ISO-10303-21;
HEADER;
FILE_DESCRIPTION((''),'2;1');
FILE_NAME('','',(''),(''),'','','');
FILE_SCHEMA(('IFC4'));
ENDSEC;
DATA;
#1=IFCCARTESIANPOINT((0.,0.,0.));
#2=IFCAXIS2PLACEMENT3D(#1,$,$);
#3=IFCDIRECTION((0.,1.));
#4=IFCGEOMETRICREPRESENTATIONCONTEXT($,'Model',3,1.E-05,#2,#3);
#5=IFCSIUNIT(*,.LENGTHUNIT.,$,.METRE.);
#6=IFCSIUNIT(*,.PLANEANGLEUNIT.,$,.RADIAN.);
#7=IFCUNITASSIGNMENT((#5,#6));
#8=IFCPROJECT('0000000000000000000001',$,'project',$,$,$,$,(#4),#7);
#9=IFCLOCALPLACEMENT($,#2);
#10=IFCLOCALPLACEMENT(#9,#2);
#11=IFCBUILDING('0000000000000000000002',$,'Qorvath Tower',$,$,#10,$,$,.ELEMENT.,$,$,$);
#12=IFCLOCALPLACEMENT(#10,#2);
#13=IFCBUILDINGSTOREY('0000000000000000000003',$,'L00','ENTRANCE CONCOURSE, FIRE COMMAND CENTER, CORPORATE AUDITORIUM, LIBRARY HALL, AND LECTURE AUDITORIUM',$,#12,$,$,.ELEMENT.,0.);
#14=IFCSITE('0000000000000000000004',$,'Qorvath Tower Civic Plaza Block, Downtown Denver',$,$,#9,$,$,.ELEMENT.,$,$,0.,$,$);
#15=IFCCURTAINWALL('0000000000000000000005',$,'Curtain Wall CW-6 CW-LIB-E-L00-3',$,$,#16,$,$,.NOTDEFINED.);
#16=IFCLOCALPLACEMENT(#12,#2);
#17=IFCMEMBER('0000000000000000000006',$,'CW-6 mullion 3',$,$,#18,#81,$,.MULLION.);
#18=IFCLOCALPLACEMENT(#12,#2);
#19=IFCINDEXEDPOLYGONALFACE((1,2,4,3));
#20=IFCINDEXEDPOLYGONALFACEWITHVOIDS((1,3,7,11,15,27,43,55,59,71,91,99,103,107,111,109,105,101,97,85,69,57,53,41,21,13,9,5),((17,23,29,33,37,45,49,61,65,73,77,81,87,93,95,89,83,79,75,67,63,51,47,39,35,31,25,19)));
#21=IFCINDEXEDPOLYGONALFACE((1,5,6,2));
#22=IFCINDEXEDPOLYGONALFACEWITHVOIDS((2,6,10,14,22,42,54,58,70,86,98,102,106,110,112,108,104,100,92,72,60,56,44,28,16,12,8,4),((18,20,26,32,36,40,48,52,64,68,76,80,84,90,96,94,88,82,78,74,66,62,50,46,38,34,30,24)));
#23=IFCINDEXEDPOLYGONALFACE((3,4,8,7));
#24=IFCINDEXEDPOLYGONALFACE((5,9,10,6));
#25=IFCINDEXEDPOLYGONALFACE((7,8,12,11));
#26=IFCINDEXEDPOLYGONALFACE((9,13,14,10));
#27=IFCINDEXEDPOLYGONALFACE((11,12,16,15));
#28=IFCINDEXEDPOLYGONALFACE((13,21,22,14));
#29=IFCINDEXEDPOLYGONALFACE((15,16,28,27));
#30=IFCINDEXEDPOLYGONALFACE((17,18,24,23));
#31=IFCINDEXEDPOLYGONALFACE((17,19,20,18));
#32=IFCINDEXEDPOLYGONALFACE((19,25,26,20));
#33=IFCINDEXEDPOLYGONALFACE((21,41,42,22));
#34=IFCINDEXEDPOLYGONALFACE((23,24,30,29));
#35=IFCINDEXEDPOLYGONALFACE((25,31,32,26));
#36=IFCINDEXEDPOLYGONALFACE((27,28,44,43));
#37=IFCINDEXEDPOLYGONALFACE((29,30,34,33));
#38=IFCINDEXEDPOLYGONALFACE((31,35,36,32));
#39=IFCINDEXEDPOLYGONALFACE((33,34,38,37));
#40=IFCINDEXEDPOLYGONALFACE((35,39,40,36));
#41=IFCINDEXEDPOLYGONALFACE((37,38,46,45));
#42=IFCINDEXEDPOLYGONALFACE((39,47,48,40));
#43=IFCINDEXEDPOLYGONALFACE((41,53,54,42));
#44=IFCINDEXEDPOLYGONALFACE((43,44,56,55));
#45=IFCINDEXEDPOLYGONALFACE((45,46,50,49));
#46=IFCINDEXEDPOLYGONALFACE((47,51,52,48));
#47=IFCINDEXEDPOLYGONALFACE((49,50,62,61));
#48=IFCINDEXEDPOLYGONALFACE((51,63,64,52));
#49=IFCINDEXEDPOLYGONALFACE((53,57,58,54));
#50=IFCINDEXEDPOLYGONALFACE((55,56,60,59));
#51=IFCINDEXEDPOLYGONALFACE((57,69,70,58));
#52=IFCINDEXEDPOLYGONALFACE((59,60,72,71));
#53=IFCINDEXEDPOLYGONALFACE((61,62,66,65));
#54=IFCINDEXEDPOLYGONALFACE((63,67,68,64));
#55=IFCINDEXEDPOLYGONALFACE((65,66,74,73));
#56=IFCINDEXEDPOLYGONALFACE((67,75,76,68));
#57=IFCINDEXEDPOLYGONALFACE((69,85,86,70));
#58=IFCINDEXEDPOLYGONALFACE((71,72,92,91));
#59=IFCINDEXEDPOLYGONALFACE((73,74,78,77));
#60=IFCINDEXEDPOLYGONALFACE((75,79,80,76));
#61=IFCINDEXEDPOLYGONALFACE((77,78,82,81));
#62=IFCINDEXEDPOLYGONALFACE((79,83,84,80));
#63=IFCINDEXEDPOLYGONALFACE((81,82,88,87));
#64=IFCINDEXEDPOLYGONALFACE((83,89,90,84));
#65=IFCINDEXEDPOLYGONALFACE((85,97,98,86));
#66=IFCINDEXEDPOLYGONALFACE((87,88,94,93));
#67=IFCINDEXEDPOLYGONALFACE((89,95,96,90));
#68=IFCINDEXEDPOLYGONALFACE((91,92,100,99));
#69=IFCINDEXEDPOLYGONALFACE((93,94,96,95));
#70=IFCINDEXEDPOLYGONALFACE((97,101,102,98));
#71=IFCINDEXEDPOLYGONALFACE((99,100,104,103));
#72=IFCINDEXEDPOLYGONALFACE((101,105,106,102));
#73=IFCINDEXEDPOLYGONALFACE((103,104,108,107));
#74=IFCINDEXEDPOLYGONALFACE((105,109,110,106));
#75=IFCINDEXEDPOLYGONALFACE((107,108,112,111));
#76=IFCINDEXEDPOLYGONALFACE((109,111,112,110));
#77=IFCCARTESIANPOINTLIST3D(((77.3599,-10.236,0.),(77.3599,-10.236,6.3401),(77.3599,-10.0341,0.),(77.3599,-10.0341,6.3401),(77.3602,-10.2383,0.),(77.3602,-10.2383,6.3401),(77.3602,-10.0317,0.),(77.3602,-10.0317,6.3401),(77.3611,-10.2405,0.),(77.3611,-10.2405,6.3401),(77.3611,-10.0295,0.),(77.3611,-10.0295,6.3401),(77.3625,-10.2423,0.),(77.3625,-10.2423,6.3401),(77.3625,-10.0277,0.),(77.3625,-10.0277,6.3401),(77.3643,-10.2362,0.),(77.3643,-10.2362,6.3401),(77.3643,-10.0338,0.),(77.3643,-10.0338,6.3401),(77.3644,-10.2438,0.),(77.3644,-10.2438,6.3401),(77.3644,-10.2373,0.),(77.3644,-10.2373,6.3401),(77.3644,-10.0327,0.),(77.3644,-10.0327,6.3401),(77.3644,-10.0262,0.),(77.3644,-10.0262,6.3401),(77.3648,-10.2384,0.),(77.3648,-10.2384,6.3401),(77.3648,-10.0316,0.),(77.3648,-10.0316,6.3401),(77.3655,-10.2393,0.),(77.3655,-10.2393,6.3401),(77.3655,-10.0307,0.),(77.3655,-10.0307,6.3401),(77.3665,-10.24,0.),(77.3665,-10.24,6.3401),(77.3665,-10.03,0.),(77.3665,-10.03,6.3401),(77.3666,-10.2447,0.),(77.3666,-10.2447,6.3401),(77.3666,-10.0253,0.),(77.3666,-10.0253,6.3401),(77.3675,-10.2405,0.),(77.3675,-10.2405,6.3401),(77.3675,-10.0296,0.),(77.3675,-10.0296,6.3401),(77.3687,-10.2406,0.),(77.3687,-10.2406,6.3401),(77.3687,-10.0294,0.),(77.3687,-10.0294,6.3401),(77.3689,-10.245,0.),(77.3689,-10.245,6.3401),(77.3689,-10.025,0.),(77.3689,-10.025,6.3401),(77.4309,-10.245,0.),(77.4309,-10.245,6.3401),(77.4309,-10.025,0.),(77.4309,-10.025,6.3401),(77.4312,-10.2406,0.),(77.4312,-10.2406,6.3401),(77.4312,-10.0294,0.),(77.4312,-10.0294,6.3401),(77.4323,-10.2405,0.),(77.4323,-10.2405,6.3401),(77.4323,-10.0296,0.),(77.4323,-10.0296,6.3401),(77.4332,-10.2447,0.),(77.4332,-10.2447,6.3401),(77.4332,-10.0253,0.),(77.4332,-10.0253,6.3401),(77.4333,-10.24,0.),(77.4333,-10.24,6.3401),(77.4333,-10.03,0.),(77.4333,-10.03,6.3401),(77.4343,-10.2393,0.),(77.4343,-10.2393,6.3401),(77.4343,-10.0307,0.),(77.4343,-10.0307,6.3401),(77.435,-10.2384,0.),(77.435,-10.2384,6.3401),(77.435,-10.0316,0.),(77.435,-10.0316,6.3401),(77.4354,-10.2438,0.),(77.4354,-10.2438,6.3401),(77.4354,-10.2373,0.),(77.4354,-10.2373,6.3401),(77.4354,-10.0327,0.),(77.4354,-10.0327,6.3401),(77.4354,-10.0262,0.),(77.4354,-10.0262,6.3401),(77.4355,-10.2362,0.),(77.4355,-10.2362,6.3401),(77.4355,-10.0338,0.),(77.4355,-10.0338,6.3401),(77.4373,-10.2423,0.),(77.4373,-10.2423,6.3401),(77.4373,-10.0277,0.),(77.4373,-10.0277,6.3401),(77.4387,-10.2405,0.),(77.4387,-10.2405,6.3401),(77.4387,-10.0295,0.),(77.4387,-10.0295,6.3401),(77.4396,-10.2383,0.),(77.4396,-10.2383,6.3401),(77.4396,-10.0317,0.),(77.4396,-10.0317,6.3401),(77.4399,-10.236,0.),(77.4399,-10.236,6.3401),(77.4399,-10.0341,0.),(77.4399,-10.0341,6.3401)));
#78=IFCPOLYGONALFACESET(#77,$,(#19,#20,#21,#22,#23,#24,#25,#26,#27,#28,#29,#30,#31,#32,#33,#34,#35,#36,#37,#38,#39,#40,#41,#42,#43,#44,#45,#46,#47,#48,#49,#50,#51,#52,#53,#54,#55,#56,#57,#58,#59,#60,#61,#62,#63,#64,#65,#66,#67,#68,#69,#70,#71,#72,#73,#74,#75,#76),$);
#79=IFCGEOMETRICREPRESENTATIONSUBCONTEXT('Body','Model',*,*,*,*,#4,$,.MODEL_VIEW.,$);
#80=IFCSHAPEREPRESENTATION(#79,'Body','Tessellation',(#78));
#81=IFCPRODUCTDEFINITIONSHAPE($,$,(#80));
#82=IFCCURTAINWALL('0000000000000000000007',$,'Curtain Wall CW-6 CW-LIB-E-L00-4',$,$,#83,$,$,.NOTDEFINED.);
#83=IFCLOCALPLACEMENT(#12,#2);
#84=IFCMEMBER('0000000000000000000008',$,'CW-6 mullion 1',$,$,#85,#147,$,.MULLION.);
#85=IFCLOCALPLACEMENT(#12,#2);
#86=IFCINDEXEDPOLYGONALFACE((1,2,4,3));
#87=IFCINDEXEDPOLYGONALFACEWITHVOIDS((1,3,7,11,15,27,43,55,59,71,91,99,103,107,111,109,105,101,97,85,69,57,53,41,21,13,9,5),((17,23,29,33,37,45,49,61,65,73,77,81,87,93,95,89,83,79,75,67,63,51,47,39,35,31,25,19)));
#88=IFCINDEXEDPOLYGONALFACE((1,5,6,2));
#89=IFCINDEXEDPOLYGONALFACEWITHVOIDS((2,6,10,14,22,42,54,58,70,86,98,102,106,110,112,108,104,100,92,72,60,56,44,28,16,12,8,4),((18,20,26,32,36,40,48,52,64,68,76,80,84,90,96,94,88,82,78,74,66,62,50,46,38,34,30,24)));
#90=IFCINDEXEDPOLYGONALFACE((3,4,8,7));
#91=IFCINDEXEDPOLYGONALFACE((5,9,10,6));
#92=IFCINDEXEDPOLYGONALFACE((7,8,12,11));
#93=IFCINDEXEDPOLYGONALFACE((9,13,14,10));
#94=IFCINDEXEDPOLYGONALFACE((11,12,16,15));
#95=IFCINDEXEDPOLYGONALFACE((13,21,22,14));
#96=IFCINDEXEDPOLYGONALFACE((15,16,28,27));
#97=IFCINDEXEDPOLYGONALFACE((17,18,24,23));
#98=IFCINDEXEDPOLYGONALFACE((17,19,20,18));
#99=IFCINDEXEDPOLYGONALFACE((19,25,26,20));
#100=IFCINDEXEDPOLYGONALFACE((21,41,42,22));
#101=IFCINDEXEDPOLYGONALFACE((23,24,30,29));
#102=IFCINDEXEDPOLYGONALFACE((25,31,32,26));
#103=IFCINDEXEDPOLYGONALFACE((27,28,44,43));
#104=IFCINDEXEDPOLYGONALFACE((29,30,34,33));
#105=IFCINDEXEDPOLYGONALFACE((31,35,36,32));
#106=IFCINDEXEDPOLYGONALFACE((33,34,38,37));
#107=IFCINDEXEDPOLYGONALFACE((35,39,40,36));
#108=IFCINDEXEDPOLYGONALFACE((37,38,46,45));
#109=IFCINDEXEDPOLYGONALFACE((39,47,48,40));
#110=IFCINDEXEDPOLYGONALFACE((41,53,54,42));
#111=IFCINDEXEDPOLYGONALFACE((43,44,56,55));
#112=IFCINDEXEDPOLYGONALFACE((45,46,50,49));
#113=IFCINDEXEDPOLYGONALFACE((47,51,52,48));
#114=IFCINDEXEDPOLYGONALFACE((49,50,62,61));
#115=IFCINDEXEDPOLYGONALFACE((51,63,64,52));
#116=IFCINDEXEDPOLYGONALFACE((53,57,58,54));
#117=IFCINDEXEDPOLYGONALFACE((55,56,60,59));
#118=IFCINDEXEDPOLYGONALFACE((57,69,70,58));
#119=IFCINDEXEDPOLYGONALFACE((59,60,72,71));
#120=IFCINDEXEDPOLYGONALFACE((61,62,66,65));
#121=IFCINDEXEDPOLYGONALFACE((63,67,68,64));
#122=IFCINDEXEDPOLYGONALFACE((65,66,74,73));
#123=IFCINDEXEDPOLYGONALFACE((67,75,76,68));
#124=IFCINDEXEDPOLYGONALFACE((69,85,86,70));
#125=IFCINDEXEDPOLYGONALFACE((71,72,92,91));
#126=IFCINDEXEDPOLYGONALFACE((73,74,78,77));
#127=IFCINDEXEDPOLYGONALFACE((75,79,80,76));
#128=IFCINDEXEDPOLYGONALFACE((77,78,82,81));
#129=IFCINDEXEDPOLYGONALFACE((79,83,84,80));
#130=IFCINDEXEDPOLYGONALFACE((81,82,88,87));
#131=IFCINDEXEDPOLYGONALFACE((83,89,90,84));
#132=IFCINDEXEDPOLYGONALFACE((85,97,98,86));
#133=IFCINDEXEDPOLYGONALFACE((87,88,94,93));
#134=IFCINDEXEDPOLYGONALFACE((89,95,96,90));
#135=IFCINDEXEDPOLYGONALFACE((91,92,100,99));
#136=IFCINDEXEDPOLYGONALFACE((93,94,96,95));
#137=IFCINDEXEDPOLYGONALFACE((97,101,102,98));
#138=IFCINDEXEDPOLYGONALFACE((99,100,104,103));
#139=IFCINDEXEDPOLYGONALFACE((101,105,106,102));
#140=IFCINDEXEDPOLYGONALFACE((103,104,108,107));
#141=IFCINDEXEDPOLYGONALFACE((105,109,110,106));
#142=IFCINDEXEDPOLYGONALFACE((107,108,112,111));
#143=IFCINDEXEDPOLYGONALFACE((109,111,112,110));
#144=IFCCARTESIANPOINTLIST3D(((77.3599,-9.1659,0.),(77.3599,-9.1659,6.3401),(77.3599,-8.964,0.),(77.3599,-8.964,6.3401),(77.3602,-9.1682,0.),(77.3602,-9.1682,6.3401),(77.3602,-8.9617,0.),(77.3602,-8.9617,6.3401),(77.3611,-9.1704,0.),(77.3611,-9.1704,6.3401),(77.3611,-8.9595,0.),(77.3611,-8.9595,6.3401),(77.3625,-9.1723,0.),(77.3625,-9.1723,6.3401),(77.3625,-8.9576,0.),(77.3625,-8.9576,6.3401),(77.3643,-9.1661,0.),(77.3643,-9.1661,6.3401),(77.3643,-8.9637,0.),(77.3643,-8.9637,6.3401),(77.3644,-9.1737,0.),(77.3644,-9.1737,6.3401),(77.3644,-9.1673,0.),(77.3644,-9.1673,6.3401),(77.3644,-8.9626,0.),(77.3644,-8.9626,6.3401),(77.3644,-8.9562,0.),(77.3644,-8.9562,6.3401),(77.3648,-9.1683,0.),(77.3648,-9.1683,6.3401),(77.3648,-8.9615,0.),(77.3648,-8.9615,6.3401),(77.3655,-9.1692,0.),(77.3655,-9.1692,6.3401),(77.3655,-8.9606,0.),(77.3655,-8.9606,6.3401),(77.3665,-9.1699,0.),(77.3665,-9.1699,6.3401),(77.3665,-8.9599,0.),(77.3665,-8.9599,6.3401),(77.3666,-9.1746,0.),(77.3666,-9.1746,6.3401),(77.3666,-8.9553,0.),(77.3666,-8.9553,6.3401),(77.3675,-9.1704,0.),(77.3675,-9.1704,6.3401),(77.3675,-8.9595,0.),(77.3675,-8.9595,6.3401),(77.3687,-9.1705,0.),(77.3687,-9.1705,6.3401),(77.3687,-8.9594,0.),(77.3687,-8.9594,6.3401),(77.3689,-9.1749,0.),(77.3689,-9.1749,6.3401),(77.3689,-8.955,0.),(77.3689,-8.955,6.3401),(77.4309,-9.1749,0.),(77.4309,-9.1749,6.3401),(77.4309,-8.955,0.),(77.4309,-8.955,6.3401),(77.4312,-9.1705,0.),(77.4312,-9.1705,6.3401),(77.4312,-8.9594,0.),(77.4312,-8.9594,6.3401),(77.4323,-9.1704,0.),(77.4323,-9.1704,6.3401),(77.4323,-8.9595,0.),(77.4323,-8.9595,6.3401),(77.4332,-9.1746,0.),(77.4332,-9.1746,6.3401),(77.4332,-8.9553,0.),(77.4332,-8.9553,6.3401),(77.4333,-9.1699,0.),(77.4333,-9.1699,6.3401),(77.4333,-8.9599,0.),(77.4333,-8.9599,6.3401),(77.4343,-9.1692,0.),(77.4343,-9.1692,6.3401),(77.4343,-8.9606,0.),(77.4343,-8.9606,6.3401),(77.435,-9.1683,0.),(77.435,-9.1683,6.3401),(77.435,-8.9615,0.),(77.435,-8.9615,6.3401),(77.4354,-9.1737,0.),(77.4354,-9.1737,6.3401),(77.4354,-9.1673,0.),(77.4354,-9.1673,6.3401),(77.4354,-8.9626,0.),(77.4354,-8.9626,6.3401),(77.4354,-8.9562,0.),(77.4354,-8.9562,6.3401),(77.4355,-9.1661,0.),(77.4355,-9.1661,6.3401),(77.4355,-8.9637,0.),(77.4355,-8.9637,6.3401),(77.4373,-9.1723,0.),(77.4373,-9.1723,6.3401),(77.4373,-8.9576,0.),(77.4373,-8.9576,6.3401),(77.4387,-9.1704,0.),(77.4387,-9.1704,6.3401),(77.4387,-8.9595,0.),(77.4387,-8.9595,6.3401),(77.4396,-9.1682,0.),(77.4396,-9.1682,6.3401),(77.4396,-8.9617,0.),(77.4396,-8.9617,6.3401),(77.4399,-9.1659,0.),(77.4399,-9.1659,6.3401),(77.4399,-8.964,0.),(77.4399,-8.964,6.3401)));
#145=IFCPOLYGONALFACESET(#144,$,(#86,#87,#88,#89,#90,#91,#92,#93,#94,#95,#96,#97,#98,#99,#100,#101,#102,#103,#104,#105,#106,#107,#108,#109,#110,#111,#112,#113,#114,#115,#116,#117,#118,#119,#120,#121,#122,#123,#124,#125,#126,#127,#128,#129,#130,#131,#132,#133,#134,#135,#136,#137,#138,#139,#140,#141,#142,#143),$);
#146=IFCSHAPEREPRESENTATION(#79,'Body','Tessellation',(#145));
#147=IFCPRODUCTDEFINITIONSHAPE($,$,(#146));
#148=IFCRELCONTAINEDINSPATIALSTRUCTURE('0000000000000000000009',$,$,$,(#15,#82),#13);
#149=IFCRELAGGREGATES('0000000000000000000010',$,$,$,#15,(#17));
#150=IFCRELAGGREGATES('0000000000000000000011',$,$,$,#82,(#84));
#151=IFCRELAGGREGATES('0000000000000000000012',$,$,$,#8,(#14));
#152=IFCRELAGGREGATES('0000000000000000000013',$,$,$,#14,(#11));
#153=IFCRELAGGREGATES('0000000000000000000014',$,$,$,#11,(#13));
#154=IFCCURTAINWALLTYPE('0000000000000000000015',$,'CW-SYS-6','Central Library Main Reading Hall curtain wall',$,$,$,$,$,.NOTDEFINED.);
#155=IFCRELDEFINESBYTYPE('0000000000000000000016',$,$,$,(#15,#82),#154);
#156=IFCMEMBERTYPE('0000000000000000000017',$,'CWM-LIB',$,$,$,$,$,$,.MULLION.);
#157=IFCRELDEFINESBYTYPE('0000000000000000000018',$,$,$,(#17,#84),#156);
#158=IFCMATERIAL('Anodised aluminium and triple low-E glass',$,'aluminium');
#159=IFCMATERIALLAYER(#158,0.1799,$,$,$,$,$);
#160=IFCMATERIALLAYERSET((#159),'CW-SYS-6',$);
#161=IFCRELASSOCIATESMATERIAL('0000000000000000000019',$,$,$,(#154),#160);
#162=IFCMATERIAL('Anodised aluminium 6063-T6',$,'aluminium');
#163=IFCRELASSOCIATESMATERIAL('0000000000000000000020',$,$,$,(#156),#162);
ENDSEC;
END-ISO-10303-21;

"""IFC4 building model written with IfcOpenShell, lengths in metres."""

from ifc_helpers import new_model, si_unit, direction, frame, origin, origin_2d, place, context, subcontext, project, spatial, hollow_rectangle, extrude, material, layer, layer_set, material_profile, profile_set, type_object, element, aggregate, save


model = new_model("IFC4")

# Units and contexts
model_context = context("Model", 3, precision=1e-05, world=origin(), true_north=direction((0.0, 1.0)))
body_context = subcontext(model_context, "Body", "Model", "MODEL_VIEW")
ifc_project = project(units=[si_unit("LENGTHUNIT", "METRE"), si_unit("PLANEANGLEUNIT", "RADIAN")], contexts=[model_context])

# Site, building, storey
site_placement = place(None, origin())
site = spatial("IfcSite", under=ifc_project, at=site_placement, Name="Qorvath Tower Civic Plaza Block, Downtown Denver", CompositionType="ELEMENT", RefElevation=0.0)
building_placement = place(site_placement, origin())
building = spatial("IfcBuilding", under=site, at=building_placement, Name="Qorvath Tower", CompositionType="ELEMENT")
storey_placement = place(building_placement, origin())
storey = spatial("IfcBuildingStorey", under=building, at=storey_placement, Name="L00", Description="ENTRANCE CONCOURSE, FIRE COMMAND CENTER, CORPORATE AUDITORIUM, LIBRARY HALL, AND LECTURE AUDITORIUM", CompositionType="ELEMENT", Elevation=0.0)

# Curtain walls, members
ifc_material_1 = material(Name="Anodised aluminium and triple low-E glass", Category="aluminium")
ifc_layer_1 = layer(ifc_material_1, 0.1799)
ifc_layer_set_1 = layer_set([ifc_layer_1], Name="CW-SYS-6")
curtain_wall_type = type_object("IfcCurtainWallType", Name="CW-SYS-6", Description="Central Library Main Reading Hall curtain wall", PredefinedType="NOTDEFINED", material=ifc_layer_set_1)
curtain_wall_1_placement = place(storey_placement, origin())
curtain_wall_1 = element("IfcCurtainWall", 1, at=curtain_wall_1_placement, inside=storey, type_object=curtain_wall_type, Name="Curtain Wall CW-6 CW-LIB-E-L00-3", PredefinedType="NOTDEFINED")
ifc_material_2 = material(Name="Anodised aluminium 6063-T6", Category="aluminium")
ifc_material_profile_1 = material_profile(ifc_material_2, hollow_rectangle(XDim=0.0801, YDim=0.22, WallThickness=0.0044, InnerFilletRadius=0.0044, OuterFilletRadius=0.009, at=origin_2d()), Name="CWM LIB 220x80")
ifc_profile_set_1 = profile_set([ifc_material_profile_1], Name="Anodised aluminium 6063-T6")
member_type_1 = type_object("IfcMemberType", Name="CWM-LIB", PredefinedType="MULLION", material=ifc_profile_set_1)
member_1_placement = place(storey_placement, frame((77.3999, -10.135, 0.0), z_axis=(0.0, 0.0, 1.0), x_axis=(-1.0, 0.0, 0.0)))
member_1 = element("IfcMember", 2, at=member_1_placement, type_object=member_type_1, Name="CW-6 mullion 3", PredefinedType="MULLION", context=body_context, shape_type="SweptSolid", body=[
    extrude(hollow_rectangle(XDim=0.0801, YDim=0.22, WallThickness=0.0044, InnerFilletRadius=0.0044, OuterFilletRadius=0.009, at=origin_2d()), origin(), (0.0, 0.0, 1.0), 6.3401),
])
curtain_wall_2_placement = place(storey_placement, origin())
curtain_wall_2 = element("IfcCurtainWall", 3, at=curtain_wall_2_placement, inside=storey, type_object=curtain_wall_type, Name="Curtain Wall CW-6 CW-LIB-E-L00-4", PredefinedType="NOTDEFINED")
member_2_placement = place(storey_placement, frame((77.3999, -9.0649, 0.0), z_axis=(0.0, 0.0, 1.0), x_axis=(-1.0, 0.0, 0.0)))
member_2 = element("IfcMember", 4, at=member_2_placement, type_object=member_type_1, Name="CW-6 mullion 1", PredefinedType="MULLION", context=body_context, shape_type="SweptSolid", body=[
    extrude(hollow_rectangle(XDim=0.0801, YDim=0.22, WallThickness=0.0044, InnerFilletRadius=0.0044, OuterFilletRadius=0.009, at=origin_2d()), origin(), (0.0, 0.0, 1.0), 6.3401),
])

aggregate(curtain_wall_1, [member_1])
aggregate(curtain_wall_2, [member_2])

save(model, "model.ifc")
